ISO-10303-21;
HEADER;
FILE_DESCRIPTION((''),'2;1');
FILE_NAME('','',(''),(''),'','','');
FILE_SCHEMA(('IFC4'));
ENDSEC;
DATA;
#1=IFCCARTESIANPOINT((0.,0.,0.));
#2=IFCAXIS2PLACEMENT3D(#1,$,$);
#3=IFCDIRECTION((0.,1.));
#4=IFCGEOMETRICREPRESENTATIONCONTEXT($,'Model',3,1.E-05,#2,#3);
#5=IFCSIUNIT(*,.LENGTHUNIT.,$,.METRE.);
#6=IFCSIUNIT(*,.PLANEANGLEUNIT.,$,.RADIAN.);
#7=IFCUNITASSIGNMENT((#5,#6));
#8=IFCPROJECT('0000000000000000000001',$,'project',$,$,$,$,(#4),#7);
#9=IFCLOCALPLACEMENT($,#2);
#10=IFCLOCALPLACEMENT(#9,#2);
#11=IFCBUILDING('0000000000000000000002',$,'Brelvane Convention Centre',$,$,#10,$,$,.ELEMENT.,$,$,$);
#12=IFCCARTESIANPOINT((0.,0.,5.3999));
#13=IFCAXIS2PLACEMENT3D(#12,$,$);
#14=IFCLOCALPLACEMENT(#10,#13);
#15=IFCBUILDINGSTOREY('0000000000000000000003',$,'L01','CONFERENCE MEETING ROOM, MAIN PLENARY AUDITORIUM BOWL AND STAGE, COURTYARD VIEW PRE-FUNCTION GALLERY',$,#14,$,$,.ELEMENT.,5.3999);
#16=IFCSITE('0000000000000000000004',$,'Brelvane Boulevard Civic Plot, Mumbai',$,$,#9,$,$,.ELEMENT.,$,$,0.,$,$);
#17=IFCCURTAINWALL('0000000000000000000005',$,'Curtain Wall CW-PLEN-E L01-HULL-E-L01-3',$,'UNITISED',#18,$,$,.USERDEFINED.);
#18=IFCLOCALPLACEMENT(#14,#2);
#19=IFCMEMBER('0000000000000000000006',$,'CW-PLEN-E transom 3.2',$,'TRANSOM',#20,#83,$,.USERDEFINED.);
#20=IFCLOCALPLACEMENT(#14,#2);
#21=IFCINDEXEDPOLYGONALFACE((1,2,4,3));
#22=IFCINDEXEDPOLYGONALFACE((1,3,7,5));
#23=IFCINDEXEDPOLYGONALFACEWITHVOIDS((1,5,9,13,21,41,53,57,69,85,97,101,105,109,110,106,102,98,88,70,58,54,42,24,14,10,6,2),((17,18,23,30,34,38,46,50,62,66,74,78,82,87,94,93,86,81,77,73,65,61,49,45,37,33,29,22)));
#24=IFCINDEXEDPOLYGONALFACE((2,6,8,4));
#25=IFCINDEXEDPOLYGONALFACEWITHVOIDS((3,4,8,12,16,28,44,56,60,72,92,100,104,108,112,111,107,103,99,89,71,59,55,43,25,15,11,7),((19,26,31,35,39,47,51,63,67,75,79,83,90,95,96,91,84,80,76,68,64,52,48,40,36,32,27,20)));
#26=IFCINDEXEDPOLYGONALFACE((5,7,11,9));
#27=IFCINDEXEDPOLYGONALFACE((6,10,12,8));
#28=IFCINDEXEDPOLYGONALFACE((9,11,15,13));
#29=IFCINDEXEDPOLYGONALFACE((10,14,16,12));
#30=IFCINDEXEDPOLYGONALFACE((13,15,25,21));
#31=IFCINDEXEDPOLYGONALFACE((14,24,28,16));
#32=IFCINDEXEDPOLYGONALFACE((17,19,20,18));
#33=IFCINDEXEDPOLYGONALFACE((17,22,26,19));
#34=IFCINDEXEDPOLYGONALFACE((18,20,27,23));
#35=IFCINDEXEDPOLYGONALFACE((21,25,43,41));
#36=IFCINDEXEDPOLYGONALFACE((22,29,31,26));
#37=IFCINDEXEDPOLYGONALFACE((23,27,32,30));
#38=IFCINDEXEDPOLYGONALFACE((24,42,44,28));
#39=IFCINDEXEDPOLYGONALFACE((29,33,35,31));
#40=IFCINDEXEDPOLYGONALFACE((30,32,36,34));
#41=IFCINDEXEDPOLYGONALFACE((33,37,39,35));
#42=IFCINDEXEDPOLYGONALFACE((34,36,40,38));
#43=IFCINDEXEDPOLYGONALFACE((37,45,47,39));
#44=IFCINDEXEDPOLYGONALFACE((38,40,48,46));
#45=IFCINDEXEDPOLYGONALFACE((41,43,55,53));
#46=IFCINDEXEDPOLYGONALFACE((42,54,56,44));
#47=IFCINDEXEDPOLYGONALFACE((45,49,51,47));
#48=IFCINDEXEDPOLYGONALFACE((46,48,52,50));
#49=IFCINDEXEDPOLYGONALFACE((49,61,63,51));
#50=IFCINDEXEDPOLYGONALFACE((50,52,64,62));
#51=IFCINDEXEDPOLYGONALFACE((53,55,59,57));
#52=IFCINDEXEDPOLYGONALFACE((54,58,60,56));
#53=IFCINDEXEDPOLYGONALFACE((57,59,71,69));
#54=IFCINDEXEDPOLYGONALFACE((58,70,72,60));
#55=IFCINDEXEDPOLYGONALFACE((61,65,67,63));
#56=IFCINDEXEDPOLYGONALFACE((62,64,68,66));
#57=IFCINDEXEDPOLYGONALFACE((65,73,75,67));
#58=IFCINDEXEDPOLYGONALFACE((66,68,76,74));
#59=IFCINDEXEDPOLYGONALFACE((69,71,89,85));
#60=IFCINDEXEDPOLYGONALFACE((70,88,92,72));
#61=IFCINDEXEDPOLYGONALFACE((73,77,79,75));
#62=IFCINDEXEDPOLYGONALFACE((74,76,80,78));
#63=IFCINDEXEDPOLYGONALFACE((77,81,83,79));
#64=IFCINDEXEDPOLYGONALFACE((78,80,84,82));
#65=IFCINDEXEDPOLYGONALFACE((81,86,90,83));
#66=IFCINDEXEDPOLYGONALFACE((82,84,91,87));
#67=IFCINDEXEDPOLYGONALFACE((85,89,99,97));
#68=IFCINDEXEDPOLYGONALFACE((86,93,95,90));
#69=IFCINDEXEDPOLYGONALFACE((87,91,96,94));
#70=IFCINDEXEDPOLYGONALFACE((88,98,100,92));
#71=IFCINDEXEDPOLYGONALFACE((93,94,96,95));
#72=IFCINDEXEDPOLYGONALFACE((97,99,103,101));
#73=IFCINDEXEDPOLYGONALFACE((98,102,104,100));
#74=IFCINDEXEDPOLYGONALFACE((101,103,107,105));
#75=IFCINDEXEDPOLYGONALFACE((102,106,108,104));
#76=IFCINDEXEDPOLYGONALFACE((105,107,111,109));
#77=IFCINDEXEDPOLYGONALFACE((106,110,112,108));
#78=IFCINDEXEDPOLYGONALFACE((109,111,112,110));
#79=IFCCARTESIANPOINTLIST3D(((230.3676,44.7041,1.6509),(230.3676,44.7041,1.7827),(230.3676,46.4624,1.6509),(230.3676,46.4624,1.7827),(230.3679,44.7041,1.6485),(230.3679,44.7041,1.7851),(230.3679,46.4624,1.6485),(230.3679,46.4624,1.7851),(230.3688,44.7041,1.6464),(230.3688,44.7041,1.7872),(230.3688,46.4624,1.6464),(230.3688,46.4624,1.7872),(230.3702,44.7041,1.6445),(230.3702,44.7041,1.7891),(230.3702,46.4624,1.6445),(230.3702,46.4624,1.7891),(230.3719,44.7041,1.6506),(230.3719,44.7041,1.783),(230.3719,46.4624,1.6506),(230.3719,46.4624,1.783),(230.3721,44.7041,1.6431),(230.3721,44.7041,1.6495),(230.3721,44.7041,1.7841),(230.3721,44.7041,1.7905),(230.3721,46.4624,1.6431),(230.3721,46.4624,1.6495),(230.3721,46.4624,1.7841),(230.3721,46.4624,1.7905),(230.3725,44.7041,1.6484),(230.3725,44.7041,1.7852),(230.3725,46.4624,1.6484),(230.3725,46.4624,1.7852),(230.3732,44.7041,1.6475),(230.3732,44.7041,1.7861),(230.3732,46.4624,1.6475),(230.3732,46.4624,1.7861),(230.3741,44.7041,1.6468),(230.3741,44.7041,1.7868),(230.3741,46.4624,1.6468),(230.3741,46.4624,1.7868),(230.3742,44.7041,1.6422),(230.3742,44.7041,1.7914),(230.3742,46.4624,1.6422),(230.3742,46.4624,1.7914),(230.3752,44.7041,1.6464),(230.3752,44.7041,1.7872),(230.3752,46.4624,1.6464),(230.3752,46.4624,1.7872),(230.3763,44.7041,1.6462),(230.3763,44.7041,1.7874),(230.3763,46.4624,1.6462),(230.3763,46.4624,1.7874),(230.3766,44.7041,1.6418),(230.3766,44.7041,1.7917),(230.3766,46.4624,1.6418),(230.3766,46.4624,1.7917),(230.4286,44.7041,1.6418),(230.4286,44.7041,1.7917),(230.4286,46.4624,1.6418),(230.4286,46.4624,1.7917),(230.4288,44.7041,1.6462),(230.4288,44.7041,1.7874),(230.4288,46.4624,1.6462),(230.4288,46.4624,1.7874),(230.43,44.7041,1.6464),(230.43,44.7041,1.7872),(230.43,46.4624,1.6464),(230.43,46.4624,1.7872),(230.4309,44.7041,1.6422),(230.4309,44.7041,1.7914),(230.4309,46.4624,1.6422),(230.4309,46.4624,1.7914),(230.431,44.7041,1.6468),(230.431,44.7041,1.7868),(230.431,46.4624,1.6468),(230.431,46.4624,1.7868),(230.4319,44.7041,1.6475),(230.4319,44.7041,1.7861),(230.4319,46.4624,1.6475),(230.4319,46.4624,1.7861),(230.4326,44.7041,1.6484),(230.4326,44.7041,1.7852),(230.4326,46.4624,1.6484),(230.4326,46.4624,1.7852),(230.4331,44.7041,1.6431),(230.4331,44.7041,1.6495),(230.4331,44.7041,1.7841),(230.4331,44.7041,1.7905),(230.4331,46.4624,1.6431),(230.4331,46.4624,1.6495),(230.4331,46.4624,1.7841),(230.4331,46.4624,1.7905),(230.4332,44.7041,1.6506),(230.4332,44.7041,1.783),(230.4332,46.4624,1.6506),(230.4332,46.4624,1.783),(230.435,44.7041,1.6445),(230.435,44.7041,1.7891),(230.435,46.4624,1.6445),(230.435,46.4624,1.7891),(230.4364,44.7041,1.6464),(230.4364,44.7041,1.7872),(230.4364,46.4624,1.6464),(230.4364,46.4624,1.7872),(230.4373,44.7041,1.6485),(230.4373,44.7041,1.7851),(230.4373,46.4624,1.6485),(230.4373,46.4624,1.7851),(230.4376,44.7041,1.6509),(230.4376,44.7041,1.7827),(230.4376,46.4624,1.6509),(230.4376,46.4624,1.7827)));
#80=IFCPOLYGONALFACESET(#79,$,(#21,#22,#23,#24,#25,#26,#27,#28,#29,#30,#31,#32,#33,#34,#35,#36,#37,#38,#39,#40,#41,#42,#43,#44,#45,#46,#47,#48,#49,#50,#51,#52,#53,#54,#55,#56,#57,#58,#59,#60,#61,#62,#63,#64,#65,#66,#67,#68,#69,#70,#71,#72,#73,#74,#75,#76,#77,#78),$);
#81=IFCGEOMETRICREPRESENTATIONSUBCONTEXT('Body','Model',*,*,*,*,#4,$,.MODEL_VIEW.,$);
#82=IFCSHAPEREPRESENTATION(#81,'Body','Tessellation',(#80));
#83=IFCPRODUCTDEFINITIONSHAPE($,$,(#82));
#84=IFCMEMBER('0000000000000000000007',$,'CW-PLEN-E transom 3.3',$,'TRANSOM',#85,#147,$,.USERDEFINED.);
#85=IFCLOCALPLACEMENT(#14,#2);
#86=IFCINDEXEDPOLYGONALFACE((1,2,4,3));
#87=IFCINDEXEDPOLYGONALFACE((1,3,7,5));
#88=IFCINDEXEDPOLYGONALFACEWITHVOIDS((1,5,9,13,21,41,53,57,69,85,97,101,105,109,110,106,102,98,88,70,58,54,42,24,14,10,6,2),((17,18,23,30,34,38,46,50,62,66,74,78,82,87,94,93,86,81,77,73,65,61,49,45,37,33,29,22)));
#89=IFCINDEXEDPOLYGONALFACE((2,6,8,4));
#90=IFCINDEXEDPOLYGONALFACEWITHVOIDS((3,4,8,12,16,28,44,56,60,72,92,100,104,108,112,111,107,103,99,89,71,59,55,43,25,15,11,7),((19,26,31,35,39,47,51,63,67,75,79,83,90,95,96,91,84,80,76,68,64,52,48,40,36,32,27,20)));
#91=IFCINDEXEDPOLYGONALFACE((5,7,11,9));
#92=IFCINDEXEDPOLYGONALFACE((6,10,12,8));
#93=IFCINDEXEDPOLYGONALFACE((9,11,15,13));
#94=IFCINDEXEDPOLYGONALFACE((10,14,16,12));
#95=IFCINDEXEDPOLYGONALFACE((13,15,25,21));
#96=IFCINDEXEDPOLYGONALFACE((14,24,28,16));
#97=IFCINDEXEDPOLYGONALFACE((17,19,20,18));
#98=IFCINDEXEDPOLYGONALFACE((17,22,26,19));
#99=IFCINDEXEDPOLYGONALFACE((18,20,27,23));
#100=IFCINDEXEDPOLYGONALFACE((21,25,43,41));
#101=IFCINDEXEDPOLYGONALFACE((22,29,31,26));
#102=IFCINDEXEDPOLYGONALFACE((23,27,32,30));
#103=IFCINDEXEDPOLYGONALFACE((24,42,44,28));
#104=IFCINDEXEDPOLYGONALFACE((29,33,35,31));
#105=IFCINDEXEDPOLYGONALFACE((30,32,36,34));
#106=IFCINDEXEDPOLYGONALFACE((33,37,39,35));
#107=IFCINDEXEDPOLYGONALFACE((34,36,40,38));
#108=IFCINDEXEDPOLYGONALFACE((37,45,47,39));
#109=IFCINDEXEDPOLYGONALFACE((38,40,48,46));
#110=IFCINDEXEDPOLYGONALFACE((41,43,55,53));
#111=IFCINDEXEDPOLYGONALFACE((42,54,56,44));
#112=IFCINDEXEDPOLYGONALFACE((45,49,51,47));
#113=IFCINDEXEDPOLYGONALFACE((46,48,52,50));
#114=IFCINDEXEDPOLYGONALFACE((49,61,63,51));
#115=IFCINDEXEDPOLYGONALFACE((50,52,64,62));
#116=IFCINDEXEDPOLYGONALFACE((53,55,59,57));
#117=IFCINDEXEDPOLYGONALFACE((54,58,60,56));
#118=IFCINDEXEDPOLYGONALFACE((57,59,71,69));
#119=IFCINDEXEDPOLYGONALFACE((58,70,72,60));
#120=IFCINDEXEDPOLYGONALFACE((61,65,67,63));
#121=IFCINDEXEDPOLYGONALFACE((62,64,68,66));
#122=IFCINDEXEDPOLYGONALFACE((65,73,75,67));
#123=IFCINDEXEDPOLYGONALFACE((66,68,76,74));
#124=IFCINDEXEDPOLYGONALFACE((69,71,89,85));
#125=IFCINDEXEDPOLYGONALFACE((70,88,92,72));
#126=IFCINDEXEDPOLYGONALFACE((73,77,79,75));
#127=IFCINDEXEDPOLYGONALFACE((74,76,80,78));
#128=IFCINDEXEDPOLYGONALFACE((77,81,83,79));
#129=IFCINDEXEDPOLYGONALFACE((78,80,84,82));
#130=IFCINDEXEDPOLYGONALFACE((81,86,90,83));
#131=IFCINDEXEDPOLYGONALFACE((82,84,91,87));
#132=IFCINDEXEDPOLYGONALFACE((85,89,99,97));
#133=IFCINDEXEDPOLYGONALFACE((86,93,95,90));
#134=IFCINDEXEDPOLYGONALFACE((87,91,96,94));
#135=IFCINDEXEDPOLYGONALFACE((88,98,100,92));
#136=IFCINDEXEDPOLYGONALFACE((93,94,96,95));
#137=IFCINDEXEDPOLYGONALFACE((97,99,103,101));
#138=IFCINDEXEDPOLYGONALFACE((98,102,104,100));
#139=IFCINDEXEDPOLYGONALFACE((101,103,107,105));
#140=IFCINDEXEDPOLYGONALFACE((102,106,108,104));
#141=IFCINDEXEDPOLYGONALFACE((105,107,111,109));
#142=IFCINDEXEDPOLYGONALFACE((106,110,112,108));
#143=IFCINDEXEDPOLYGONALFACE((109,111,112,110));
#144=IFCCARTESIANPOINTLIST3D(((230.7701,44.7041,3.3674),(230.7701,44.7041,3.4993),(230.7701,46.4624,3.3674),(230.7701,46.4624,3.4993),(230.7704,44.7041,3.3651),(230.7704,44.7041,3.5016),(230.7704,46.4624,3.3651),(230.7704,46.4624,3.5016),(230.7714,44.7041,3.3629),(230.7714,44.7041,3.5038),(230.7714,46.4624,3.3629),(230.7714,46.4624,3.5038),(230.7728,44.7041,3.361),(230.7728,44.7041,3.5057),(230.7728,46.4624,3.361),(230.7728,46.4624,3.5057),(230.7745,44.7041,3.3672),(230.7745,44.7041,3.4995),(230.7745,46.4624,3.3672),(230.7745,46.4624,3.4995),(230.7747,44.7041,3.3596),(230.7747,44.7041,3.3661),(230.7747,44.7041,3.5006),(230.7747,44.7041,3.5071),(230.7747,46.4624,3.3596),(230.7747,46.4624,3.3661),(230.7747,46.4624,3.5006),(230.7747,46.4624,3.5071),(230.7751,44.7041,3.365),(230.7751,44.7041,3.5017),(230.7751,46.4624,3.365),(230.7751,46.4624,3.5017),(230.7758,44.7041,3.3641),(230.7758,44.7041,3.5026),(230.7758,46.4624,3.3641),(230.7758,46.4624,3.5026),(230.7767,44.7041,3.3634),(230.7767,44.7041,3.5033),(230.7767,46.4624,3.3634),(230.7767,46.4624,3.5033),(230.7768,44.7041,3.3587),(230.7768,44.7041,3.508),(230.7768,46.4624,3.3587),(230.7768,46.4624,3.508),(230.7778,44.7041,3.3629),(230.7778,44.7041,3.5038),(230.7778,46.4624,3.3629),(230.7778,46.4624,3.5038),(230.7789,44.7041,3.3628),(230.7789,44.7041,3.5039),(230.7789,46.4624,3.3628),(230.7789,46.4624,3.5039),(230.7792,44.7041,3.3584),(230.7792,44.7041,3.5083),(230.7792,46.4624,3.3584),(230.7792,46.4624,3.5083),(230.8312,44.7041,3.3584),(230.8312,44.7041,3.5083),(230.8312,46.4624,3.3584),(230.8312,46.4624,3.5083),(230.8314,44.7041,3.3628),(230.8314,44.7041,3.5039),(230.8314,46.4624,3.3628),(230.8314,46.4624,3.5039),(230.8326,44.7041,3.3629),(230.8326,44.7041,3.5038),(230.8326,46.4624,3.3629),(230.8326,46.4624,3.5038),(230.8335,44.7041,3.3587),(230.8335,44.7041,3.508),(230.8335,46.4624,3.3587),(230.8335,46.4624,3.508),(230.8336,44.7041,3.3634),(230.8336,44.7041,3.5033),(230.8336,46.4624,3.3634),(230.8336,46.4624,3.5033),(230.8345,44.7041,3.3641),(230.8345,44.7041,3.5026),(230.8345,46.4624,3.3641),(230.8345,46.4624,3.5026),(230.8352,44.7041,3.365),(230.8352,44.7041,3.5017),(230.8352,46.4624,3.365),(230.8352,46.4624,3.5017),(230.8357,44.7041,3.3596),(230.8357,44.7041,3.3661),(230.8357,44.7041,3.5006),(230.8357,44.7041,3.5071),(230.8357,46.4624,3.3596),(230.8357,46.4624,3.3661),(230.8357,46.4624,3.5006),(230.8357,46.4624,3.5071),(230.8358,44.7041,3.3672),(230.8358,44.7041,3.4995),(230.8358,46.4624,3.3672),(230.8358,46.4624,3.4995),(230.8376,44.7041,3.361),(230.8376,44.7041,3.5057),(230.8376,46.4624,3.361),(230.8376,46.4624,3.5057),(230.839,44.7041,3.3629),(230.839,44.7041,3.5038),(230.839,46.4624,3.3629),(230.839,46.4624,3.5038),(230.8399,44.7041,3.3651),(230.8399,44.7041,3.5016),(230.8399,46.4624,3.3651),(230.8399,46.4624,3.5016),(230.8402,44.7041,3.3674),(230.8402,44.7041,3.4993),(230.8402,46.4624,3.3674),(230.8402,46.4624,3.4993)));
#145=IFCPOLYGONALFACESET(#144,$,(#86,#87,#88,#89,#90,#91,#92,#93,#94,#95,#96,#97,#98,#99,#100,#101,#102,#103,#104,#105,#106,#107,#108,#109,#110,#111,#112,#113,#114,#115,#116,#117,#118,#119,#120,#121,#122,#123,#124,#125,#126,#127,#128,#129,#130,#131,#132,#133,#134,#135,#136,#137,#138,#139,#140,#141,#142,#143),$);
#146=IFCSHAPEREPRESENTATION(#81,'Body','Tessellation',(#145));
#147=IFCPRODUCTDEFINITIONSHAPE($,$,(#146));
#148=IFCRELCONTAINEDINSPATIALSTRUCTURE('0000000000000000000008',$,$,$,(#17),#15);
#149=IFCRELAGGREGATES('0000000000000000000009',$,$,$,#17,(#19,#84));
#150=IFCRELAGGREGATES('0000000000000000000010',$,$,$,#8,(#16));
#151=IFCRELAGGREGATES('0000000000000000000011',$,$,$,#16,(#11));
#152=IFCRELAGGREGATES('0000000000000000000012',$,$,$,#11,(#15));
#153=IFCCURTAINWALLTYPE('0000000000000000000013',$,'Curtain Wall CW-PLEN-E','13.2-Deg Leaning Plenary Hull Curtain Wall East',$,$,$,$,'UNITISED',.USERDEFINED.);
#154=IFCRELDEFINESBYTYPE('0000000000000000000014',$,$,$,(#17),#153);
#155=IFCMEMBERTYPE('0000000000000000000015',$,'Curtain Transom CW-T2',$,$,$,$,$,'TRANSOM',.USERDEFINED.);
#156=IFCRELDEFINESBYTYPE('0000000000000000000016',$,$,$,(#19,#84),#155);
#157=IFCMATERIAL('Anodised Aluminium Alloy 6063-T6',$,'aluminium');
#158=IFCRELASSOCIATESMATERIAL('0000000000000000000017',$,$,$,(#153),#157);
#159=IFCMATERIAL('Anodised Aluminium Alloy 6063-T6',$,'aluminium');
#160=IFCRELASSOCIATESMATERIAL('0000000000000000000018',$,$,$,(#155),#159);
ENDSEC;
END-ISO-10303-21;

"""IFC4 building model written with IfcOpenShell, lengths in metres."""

from ifc_helpers import new_model, si_unit, direction, frame, origin, origin_2d, place, context, subcontext, project, spatial, hollow_rectangle, extrude, material, material_profile, profile_set, type_object, element, aggregate, save


model = new_model("IFC4")

# Units and contexts
model_context = context("Model", 3, precision=1e-05, world=origin(), true_north=direction((0.0, 1.0)))
body_context = subcontext(model_context, "Body", "Model", "MODEL_VIEW")
ifc_project = project(units=[si_unit("LENGTHUNIT", "METRE"), si_unit("PLANEANGLEUNIT", "RADIAN")], contexts=[model_context])

# Site, building, storey
site_placement = place(None, origin())
site = spatial("IfcSite", under=ifc_project, at=site_placement, Name="Brelvane Boulevard Civic Plot, Mumbai", CompositionType="ELEMENT", RefElevation=0.0)
building_placement = place(site_placement, origin())
building = spatial("IfcBuilding", under=site, at=building_placement, Name="Brelvane Convention Centre", CompositionType="ELEMENT")
storey_placement = place(building_placement, frame((0.0, 0.0, 5.3999)))
storey = spatial("IfcBuildingStorey", under=building, at=storey_placement, Name="L01", Description="CONFERENCE MEETING ROOM, MAIN PLENARY AUDITORIUM BOWL AND STAGE, COURTYARD VIEW PRE-FUNCTION GALLERY", CompositionType="ELEMENT", Elevation=5.3999)

# Curtain wall, members
ifc_material_1 = material(Name="Anodised Aluminium Alloy 6063-T6", Category="aluminium")
curtain_wall_type = type_object("IfcCurtainWallType", Name="Curtain Wall CW-PLEN-E", Description="13.2-Deg Leaning Plenary Hull Curtain Wall East", ElementType="UNITISED", PredefinedType="USERDEFINED", material=ifc_material_1)
curtain_wall_placement = place(storey_placement, origin())
curtain_wall = element("IfcCurtainWall", 1, at=curtain_wall_placement, inside=storey, type_object=curtain_wall_type, Name="Curtain Wall CW-PLEN-E L01-HULL-E-L01-3", ObjectType="UNITISED", PredefinedType="USERDEFINED")
ifc_material_2 = material(Name="Anodised Aluminium Alloy 6063-T6", Category="aluminium")
ifc_material_profile = material_profile(ifc_material_2, hollow_rectangle(XDim=0.0701, YDim=0.1499, WallThickness=0.0044, InnerFilletRadius=0.0044, OuterFilletRadius=0.009, at=origin_2d()), Name="ALU-T 150x70x4.5")
ifc_profile_set = profile_set([ifc_material_profile], Name="Anodised Aluminium Alloy 6063-T6")
member_type = type_object("IfcMemberType", Name="Curtain Transom CW-T2", ElementType="TRANSOM", PredefinedType="USERDEFINED", material=ifc_profile_set)
member_1_placement = place(storey_placement, frame((230.4026, 44.7041, 1.7168), z_axis=(0.0, 1.0, 0.0), x_axis=(-1.0, 0.0, 0.0)))
member_1 = element("IfcMember", 2, at=member_1_placement, type_object=member_type, Name="CW-PLEN-E transom 3.2", ObjectType="TRANSOM", PredefinedType="USERDEFINED", context=body_context, shape_type="SweptSolid", body=[
    extrude(hollow_rectangle(XDim=0.0701, YDim=0.1499, WallThickness=0.0044, InnerFilletRadius=0.0044, OuterFilletRadius=0.009, at=origin_2d()), origin(), (0.0, 0.0, 1.0), 1.7583),
])
member_2_placement = place(storey_placement, frame((230.8052, 44.7041, 3.4333), z_axis=(0.0, 1.0, 0.0), x_axis=(-1.0, 0.0, 0.0)))
member_2 = element("IfcMember", 3, at=member_2_placement, type_object=member_type, Name="CW-PLEN-E transom 3.3", ObjectType="TRANSOM", PredefinedType="USERDEFINED", context=body_context, shape_type="SweptSolid", body=[
    extrude(hollow_rectangle(XDim=0.0701, YDim=0.1499, WallThickness=0.0044, InnerFilletRadius=0.0044, OuterFilletRadius=0.009, at=origin_2d()), origin(), (0.0, 0.0, 1.0), 1.7583),
])
aggregate(curtain_wall, [member_1, member_2])

save(model, "model.ifc")
